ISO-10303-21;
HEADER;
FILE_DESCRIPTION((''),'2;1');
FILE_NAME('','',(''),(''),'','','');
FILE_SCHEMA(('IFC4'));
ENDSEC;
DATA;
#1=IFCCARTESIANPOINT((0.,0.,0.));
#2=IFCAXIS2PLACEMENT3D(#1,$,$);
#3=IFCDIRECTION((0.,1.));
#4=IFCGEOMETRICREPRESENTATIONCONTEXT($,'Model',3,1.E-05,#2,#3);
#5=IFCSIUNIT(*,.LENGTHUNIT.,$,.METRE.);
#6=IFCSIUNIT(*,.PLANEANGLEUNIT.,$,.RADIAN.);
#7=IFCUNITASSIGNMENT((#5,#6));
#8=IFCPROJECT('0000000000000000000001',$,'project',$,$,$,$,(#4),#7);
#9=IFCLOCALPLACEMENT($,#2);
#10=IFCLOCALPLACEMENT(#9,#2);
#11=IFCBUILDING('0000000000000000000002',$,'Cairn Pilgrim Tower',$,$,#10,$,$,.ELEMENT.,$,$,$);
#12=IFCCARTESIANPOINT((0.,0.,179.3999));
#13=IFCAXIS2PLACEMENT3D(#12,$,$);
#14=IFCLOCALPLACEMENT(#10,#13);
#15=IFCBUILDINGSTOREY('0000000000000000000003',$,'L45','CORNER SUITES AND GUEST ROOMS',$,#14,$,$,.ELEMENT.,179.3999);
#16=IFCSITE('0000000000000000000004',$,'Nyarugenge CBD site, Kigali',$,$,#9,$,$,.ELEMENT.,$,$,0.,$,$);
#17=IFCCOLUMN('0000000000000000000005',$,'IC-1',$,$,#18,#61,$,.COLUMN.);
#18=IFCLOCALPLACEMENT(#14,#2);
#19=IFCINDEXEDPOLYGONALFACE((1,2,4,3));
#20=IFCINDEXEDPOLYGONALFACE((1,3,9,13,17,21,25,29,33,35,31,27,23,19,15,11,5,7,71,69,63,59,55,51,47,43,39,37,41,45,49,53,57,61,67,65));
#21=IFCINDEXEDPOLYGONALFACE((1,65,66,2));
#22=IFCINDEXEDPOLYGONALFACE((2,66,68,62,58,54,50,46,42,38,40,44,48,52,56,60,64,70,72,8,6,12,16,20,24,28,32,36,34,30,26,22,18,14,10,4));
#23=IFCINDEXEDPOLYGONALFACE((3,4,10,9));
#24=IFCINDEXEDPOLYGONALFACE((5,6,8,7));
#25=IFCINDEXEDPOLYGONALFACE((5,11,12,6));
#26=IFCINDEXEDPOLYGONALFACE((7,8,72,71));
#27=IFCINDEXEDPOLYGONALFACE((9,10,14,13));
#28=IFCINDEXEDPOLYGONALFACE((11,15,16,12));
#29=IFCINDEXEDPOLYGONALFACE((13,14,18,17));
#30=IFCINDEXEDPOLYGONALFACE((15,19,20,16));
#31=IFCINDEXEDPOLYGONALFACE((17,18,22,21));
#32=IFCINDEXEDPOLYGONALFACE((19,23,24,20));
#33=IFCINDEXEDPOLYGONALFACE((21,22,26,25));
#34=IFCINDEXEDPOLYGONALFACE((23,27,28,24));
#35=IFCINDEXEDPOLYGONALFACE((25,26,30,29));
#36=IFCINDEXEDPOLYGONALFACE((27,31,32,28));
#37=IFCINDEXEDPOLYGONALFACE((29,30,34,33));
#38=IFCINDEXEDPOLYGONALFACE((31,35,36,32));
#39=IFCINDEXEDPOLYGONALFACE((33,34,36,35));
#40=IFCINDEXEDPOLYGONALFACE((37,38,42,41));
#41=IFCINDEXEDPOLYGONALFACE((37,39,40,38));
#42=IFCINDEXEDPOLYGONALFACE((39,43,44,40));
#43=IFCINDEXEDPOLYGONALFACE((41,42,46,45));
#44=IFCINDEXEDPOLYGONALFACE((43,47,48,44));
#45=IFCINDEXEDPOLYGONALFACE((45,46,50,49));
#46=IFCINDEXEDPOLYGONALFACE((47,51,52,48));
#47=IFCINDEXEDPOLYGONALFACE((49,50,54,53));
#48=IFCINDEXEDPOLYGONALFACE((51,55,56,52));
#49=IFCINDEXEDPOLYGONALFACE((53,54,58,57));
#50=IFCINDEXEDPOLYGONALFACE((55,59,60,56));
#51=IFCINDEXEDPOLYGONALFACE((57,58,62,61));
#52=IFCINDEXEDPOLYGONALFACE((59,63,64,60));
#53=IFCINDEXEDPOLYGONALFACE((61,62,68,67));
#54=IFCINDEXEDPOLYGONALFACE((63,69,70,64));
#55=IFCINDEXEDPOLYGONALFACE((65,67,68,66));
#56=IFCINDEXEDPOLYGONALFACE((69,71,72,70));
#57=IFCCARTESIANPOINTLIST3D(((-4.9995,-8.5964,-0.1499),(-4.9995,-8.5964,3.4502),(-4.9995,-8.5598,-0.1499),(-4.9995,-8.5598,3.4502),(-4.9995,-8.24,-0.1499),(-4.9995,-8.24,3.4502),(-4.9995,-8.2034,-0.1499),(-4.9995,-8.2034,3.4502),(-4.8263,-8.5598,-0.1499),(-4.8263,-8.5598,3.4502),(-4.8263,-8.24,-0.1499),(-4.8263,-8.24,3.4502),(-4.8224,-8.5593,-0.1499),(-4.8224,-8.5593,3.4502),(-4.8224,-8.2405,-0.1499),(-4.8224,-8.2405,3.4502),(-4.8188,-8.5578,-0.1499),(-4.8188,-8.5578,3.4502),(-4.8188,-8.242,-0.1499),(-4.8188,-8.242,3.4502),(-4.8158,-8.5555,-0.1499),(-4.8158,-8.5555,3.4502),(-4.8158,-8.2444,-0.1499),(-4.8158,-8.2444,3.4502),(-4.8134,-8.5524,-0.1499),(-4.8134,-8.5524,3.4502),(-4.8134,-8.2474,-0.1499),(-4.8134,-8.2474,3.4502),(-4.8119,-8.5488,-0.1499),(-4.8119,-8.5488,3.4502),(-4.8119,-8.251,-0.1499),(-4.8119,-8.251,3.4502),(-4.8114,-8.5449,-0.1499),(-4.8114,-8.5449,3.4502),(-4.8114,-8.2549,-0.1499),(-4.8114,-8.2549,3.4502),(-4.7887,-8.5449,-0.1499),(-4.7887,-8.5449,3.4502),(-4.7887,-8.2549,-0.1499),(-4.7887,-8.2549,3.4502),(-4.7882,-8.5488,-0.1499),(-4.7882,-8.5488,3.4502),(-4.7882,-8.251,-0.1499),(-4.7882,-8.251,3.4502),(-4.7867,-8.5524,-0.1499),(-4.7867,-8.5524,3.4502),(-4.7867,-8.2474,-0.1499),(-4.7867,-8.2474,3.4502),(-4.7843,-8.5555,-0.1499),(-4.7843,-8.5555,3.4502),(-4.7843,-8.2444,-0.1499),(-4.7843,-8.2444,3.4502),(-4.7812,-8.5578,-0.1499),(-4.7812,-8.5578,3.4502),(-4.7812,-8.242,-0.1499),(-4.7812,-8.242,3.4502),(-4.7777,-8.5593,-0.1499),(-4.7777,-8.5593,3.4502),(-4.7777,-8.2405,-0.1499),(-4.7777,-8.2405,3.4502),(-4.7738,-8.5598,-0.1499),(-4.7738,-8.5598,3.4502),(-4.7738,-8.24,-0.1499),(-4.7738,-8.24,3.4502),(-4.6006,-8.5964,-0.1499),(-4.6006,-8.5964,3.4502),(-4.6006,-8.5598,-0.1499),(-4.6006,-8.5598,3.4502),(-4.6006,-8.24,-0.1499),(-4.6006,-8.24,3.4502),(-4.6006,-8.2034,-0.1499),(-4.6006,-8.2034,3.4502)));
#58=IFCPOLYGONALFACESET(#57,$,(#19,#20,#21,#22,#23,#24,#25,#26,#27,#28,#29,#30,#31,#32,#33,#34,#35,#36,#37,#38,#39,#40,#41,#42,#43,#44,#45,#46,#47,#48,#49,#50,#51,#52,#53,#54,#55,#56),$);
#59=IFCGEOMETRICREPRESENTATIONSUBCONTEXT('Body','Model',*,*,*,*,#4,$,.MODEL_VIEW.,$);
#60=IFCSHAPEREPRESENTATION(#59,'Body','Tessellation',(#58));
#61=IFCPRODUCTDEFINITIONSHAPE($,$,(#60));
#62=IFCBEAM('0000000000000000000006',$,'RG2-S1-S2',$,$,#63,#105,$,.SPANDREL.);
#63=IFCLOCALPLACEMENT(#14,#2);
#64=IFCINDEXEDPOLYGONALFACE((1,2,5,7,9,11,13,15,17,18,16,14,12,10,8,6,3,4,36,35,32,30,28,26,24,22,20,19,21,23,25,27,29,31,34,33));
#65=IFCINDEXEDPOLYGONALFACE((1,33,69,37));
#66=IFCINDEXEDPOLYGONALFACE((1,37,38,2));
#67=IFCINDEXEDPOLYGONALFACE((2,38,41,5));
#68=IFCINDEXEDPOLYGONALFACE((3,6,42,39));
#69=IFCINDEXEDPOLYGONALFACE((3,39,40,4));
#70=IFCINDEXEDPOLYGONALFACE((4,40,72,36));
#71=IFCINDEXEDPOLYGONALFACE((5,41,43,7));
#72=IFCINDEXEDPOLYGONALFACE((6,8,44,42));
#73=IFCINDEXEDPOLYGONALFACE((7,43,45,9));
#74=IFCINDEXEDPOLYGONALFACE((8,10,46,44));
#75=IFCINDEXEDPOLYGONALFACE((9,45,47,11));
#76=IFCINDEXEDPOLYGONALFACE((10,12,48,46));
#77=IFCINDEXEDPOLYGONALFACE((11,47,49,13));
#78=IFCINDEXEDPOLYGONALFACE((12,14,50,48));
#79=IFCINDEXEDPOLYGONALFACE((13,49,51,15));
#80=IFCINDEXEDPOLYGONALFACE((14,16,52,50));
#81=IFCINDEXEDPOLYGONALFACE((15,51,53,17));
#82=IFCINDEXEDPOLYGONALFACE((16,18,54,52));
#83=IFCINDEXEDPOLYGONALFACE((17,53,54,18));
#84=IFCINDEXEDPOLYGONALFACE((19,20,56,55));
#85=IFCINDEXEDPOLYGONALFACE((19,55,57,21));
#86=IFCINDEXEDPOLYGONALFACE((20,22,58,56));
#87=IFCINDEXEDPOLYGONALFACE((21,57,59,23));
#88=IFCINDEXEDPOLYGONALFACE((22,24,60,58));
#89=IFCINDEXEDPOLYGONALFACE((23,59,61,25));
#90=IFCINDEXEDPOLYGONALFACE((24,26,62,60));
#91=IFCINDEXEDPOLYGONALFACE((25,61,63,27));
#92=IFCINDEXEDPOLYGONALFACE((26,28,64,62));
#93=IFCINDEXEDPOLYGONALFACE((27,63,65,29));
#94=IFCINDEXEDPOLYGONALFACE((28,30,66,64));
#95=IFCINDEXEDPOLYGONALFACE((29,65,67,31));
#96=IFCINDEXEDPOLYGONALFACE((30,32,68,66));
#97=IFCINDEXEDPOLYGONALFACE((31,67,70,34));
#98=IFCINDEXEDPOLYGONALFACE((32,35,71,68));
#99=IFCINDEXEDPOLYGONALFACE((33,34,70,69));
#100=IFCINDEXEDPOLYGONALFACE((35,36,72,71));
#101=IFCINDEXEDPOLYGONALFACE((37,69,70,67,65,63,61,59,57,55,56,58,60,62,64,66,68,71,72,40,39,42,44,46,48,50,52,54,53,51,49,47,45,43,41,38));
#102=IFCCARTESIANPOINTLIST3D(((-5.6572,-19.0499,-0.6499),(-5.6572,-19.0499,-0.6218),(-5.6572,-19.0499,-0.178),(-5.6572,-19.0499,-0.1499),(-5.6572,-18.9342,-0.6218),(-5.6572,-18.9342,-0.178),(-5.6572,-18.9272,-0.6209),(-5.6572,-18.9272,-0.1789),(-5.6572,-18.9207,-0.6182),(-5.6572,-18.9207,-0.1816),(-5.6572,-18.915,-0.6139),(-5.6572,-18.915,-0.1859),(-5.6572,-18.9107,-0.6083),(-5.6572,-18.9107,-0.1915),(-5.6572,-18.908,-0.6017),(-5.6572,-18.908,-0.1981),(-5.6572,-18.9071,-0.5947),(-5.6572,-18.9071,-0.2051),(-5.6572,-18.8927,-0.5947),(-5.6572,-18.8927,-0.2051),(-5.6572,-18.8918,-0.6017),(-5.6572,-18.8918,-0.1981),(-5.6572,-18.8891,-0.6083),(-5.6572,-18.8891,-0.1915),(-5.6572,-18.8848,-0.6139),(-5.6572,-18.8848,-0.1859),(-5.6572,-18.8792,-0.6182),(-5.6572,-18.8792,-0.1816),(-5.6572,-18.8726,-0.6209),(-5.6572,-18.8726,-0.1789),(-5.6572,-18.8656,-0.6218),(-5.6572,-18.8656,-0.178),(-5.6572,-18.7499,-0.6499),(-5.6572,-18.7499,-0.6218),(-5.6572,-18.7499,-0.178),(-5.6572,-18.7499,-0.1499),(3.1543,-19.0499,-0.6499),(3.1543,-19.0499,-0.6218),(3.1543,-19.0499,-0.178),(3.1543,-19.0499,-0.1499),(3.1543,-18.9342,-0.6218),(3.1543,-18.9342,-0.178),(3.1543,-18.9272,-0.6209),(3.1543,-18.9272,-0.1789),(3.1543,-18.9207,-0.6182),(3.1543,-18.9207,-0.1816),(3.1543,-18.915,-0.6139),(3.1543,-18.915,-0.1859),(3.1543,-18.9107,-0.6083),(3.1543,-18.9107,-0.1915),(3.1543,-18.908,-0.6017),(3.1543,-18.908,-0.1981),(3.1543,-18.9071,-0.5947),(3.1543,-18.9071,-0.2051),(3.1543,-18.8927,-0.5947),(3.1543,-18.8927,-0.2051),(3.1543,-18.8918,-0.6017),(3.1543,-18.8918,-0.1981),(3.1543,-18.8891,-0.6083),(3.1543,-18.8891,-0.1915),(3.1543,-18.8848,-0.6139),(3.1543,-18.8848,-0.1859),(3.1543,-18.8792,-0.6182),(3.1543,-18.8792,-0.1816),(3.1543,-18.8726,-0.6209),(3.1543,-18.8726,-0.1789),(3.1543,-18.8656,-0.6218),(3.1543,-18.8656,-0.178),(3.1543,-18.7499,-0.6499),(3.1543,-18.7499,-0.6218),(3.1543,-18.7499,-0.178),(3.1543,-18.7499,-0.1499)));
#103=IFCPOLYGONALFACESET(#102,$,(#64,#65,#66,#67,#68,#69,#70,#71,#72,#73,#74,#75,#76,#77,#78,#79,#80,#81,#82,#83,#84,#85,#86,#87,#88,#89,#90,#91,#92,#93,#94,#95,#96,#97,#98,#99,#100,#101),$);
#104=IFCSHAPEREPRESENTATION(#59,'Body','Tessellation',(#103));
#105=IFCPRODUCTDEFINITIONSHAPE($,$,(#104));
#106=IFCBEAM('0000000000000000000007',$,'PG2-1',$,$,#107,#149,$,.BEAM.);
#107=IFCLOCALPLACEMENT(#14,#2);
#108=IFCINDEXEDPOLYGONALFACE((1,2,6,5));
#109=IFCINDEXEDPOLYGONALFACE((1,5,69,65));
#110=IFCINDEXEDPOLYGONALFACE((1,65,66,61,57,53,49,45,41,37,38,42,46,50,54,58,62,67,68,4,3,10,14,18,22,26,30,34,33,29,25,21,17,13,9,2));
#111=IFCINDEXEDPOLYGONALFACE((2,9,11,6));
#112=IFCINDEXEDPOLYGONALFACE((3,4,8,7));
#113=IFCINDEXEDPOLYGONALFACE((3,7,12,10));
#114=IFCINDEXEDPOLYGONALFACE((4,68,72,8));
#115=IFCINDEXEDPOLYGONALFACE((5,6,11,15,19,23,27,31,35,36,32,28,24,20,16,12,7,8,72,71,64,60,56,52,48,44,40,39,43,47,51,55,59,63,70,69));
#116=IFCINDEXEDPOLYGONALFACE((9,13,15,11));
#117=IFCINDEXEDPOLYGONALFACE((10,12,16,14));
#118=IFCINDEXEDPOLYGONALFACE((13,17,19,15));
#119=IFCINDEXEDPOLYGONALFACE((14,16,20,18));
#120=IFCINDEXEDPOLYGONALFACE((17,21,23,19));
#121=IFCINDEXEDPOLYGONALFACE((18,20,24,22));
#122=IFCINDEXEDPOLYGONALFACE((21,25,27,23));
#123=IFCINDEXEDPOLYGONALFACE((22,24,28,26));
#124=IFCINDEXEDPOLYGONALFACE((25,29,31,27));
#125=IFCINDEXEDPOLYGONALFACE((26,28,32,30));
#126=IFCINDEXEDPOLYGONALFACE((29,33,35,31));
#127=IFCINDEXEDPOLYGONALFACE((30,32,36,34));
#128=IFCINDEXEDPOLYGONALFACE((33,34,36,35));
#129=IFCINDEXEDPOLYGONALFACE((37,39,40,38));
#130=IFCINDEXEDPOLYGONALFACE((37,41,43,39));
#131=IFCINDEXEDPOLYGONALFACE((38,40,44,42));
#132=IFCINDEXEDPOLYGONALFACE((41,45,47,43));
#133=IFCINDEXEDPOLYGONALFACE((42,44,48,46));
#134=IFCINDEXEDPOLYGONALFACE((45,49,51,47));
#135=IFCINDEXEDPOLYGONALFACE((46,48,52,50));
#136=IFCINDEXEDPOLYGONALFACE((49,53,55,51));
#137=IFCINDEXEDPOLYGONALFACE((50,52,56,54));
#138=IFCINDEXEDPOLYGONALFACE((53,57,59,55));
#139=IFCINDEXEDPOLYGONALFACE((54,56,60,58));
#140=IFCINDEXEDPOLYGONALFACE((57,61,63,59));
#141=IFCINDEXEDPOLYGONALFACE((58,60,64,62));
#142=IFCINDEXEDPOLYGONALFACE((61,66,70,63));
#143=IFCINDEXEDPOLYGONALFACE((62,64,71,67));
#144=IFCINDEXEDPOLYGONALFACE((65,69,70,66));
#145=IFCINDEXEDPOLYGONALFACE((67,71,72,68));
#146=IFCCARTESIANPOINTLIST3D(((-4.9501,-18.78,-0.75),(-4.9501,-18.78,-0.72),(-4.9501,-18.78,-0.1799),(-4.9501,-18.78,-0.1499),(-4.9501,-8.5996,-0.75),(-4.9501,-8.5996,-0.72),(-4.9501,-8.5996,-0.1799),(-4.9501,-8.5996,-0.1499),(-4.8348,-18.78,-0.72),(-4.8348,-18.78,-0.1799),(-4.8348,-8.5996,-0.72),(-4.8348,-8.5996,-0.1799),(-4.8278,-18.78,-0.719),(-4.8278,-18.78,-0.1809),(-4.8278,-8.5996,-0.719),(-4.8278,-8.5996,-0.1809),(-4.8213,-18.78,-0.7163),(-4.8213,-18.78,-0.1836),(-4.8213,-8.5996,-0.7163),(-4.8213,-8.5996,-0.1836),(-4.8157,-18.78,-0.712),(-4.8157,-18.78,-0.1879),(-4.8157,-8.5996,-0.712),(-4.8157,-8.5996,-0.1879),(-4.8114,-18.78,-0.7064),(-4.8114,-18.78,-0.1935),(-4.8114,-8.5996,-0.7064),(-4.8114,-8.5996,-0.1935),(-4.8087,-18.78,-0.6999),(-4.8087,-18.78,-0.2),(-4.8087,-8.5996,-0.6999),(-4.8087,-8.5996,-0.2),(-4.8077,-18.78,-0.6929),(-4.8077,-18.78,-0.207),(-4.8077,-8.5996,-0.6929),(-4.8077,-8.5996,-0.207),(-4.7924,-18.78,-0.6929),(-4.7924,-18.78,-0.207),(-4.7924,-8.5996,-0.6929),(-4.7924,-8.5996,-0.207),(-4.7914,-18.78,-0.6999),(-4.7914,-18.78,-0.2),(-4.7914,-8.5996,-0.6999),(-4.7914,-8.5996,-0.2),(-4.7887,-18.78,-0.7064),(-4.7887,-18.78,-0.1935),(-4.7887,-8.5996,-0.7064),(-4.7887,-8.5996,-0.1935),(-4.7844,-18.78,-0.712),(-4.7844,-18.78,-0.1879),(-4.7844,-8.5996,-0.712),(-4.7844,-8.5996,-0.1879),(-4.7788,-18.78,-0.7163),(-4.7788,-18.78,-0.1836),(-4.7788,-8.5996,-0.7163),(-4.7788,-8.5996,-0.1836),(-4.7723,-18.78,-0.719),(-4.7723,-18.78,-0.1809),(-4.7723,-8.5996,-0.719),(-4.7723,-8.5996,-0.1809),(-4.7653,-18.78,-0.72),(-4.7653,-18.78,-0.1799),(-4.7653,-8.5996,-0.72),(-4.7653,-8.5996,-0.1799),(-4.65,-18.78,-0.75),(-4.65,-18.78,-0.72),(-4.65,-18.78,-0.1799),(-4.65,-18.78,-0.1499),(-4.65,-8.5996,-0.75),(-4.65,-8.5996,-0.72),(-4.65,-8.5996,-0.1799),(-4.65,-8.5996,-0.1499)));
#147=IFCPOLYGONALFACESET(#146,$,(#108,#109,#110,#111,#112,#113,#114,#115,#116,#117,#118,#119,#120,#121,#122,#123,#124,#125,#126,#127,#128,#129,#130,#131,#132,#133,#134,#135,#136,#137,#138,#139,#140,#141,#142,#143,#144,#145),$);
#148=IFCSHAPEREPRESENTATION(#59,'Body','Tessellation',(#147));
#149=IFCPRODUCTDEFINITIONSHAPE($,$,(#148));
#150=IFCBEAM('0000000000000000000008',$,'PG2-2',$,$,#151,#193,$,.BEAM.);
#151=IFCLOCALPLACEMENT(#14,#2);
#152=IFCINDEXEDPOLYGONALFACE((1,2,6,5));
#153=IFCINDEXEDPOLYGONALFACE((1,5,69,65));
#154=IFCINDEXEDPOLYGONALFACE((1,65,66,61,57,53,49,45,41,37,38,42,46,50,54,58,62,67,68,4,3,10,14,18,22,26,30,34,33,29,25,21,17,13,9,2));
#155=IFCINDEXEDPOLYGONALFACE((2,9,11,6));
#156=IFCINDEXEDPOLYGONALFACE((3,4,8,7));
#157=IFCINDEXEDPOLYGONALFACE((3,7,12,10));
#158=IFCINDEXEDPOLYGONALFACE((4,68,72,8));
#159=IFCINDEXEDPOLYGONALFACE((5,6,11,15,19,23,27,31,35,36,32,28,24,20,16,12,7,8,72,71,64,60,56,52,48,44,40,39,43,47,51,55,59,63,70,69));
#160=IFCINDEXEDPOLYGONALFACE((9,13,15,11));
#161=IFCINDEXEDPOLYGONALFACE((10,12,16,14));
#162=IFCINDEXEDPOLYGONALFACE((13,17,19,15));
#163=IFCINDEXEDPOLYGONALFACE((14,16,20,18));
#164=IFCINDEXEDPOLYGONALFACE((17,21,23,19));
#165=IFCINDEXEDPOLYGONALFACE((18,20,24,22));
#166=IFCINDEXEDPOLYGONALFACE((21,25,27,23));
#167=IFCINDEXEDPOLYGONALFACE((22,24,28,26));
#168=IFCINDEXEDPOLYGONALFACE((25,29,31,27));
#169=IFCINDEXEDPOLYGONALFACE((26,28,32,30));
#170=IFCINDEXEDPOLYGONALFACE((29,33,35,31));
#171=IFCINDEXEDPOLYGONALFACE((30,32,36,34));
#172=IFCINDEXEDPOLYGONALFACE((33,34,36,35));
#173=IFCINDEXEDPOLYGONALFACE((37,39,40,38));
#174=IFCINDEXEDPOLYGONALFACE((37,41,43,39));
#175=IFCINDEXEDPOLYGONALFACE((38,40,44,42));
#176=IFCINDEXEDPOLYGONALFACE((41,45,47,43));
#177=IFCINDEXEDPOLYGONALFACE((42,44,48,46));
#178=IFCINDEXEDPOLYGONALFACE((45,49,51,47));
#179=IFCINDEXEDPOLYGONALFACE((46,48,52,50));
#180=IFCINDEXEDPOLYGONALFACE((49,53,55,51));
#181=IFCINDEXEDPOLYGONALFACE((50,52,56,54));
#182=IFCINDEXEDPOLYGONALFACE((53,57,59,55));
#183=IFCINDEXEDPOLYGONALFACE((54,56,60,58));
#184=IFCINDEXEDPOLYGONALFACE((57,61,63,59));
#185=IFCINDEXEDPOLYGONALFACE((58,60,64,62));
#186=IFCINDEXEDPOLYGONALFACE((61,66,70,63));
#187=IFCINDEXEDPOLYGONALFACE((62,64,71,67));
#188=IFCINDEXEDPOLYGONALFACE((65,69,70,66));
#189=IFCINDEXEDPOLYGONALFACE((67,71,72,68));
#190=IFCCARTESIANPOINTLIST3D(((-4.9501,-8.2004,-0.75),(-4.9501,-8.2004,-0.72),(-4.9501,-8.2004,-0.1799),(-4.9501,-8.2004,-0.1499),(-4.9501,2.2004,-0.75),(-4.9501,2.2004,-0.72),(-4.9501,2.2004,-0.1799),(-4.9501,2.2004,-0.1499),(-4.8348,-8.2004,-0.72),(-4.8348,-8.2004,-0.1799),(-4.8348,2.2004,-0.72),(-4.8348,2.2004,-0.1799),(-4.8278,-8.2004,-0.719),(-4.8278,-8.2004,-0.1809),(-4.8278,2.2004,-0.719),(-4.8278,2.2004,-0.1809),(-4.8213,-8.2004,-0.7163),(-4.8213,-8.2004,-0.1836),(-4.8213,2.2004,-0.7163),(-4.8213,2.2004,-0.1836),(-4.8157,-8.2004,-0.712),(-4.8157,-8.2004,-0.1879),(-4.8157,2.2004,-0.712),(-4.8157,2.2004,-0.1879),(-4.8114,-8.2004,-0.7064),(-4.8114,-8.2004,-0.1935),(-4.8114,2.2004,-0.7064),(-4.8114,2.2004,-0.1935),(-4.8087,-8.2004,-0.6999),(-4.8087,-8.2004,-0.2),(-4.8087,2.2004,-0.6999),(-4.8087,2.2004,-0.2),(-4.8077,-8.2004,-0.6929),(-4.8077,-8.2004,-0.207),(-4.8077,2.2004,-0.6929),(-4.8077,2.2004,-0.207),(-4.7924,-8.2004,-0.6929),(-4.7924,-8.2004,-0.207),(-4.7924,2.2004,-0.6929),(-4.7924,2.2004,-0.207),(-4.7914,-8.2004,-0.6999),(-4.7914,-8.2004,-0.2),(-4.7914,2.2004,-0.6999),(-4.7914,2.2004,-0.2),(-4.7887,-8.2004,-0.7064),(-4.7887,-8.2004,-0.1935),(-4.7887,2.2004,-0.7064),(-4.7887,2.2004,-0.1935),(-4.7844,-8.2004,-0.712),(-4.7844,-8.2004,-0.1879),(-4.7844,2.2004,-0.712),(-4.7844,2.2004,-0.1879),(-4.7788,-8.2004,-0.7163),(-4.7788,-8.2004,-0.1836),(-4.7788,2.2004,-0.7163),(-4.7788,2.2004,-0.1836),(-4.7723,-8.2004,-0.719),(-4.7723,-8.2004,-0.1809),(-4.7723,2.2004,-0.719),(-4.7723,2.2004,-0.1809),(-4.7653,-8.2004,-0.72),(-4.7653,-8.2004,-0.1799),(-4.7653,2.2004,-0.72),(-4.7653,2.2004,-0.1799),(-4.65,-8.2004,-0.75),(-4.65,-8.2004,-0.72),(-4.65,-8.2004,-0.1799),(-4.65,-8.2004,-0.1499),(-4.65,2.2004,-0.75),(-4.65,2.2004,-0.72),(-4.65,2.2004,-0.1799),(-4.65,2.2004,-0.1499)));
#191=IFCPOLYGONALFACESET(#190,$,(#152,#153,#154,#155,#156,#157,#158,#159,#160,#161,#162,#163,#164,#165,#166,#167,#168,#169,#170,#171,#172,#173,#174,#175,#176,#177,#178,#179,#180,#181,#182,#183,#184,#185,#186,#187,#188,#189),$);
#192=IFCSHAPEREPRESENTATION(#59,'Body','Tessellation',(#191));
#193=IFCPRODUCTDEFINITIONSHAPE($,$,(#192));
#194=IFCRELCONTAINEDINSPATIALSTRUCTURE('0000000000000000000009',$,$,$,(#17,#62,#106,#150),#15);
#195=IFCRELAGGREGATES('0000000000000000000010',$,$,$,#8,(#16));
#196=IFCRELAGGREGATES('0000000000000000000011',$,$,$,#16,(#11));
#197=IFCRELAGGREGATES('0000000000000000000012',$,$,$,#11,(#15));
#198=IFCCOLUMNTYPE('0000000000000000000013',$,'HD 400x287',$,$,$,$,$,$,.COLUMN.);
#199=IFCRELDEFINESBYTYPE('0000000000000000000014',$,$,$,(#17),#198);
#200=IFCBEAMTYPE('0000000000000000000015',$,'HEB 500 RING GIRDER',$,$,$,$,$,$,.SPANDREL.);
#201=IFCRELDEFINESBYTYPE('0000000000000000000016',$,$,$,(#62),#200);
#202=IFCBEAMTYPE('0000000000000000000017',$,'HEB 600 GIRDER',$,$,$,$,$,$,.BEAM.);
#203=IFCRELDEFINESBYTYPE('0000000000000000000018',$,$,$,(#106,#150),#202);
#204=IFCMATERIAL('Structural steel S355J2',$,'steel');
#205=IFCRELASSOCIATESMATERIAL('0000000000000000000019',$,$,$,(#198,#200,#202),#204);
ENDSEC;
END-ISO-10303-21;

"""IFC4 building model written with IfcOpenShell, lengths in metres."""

from ifc_helpers import new_model, si_unit, direction, frame, origin, origin_2d, place, context, subcontext, project, spatial, i_section, extrude, material, material_profile, profile_set, type_object, element, save


model = new_model("IFC4")

# Units and contexts
model_context = context("Model", 3, precision=1e-05, world=origin(), true_north=direction((0.0, 1.0)))
body_context = subcontext(model_context, "Body", "Model", "MODEL_VIEW")
ifc_project = project(units=[si_unit("LENGTHUNIT", "METRE"), si_unit("PLANEANGLEUNIT", "RADIAN")], contexts=[model_context])

# Site, building, storey
site_placement = place(None, origin())
site = spatial("IfcSite", under=ifc_project, at=site_placement, Name="Nyarugenge CBD site, Kigali", CompositionType="ELEMENT", RefElevation=0.0)
building_placement = place(site_placement, origin())
building = spatial("IfcBuilding", under=site, at=building_placement, Name="Cairn Pilgrim Tower", CompositionType="ELEMENT")
storey_placement = place(building_placement, frame((0.0, 0.0, 179.3999)))
storey = spatial("IfcBuildingStorey", under=building, at=storey_placement, Name="L45", Description="CORNER SUITES AND GUEST ROOMS", CompositionType="ELEMENT", Elevation=179.3999)

# Column
ifc_material_1 = material(Name="Structural steel S355J2", Category="steel")
ifc_material_profile_1 = material_profile(ifc_material_1, i_section(OverallWidth=0.3989, OverallDepth=0.3931, WebThickness=0.0227, FlangeThickness=0.0366, FilletRadius=0.0149, at=origin_2d()), Name="HD 400x287")
ifc_profile_set_1 = profile_set([ifc_material_profile_1], Name="Structural steel S355J2")
column_type = type_object("IfcColumnType", Name="HD 400x287", PredefinedType="COLUMN", material=ifc_profile_set_1)
column_placement = place(storey_placement, frame((-4.8, -8.3999, -0.1499), z_axis=(0.0, 0.0, 1.0), x_axis=(1.0, 0.0, 0.0)))
element("IfcColumn", 1, at=column_placement, inside=storey, type_object=column_type, Name="IC-1", PredefinedType="COLUMN", context=body_context, shape_type="SweptSolid", body=[
    extrude(i_section(OverallWidth=0.3989, OverallDepth=0.3931, WebThickness=0.0227, FlangeThickness=0.0366, FilletRadius=0.0149, at=origin_2d()), origin(), (0.0, 0.0, 1.0), 3.6001),
])

# Beams
ifc_material_profile_2 = material_profile(ifc_material_1, i_section(OverallWidth=0.3, OverallDepth=0.5, WebThickness=0.0144, FlangeThickness=0.0281, FilletRadius=0.0271, at=origin_2d()), Name="HEB 500")
ifc_profile_set_2 = profile_set([ifc_material_profile_2], Name="Structural steel S355J2")
beam_type_1 = type_object("IfcBeamType", Name="HEB 500 RING GIRDER", PredefinedType="SPANDREL", material=ifc_profile_set_2)
beam_1_placement = place(storey_placement, frame((-5.6572, -18.8999, -0.3999), z_axis=(1.0, 0.0, 0.0), x_axis=(0.0, 1.0, 0.0)))
element("IfcBeam", 2, at=beam_1_placement, inside=storey, type_object=beam_type_1, Name="RG2-S1-S2", PredefinedType="SPANDREL", context=body_context, shape_type="SweptSolid", body=[
    extrude(i_section(OverallWidth=0.3, OverallDepth=0.5, WebThickness=0.0144, FlangeThickness=0.0281, FilletRadius=0.0271, at=origin_2d()), origin(), (0.0, 0.0, 1.0), 8.8115),
])
ifc_material_profile_3 = material_profile(ifc_material_1, i_section(OverallWidth=0.3, OverallDepth=0.6001, WebThickness=0.0154, FlangeThickness=0.03, FilletRadius=0.0271, at=origin_2d()), Name="HEB 600")
ifc_profile_set_3 = profile_set([ifc_material_profile_3], Name="Structural steel S355J2")
beam_type_2 = type_object("IfcBeamType", Name="HEB 600 GIRDER", PredefinedType="BEAM", material=ifc_profile_set_3)
beam_2_placement = place(storey_placement, frame((-4.8, -18.78, -0.45), z_axis=(0.0, 1.0, 0.0), x_axis=(-1.0, 0.0, 0.0)))
element("IfcBeam", 3, at=beam_2_placement, inside=storey, type_object=beam_type_2, Name="PG2-1", PredefinedType="BEAM", context=body_context, shape_type="SweptSolid", body=[
    extrude(i_section(OverallWidth=0.3, OverallDepth=0.6001, WebThickness=0.0154, FlangeThickness=0.03, FilletRadius=0.0271, at=origin_2d()), origin(), (0.0, 0.0, 1.0), 10.1804),
])
beam_3_placement = place(storey_placement, frame((-4.8, -8.2004, -0.45), z_axis=(0.0, 1.0, 0.0), x_axis=(-1.0, 0.0, 0.0)))
element("IfcBeam", 4, at=beam_3_placement, inside=storey, type_object=beam_type_2, Name="PG2-2", PredefinedType="BEAM", context=body_context, shape_type="SweptSolid", body=[
    extrude(i_section(OverallWidth=0.3, OverallDepth=0.6001, WebThickness=0.0154, FlangeThickness=0.03, FilletRadius=0.0271, at=origin_2d()), origin(), (0.0, 0.0, 1.0), 10.4009),
])

save(model, "model.ifc")
